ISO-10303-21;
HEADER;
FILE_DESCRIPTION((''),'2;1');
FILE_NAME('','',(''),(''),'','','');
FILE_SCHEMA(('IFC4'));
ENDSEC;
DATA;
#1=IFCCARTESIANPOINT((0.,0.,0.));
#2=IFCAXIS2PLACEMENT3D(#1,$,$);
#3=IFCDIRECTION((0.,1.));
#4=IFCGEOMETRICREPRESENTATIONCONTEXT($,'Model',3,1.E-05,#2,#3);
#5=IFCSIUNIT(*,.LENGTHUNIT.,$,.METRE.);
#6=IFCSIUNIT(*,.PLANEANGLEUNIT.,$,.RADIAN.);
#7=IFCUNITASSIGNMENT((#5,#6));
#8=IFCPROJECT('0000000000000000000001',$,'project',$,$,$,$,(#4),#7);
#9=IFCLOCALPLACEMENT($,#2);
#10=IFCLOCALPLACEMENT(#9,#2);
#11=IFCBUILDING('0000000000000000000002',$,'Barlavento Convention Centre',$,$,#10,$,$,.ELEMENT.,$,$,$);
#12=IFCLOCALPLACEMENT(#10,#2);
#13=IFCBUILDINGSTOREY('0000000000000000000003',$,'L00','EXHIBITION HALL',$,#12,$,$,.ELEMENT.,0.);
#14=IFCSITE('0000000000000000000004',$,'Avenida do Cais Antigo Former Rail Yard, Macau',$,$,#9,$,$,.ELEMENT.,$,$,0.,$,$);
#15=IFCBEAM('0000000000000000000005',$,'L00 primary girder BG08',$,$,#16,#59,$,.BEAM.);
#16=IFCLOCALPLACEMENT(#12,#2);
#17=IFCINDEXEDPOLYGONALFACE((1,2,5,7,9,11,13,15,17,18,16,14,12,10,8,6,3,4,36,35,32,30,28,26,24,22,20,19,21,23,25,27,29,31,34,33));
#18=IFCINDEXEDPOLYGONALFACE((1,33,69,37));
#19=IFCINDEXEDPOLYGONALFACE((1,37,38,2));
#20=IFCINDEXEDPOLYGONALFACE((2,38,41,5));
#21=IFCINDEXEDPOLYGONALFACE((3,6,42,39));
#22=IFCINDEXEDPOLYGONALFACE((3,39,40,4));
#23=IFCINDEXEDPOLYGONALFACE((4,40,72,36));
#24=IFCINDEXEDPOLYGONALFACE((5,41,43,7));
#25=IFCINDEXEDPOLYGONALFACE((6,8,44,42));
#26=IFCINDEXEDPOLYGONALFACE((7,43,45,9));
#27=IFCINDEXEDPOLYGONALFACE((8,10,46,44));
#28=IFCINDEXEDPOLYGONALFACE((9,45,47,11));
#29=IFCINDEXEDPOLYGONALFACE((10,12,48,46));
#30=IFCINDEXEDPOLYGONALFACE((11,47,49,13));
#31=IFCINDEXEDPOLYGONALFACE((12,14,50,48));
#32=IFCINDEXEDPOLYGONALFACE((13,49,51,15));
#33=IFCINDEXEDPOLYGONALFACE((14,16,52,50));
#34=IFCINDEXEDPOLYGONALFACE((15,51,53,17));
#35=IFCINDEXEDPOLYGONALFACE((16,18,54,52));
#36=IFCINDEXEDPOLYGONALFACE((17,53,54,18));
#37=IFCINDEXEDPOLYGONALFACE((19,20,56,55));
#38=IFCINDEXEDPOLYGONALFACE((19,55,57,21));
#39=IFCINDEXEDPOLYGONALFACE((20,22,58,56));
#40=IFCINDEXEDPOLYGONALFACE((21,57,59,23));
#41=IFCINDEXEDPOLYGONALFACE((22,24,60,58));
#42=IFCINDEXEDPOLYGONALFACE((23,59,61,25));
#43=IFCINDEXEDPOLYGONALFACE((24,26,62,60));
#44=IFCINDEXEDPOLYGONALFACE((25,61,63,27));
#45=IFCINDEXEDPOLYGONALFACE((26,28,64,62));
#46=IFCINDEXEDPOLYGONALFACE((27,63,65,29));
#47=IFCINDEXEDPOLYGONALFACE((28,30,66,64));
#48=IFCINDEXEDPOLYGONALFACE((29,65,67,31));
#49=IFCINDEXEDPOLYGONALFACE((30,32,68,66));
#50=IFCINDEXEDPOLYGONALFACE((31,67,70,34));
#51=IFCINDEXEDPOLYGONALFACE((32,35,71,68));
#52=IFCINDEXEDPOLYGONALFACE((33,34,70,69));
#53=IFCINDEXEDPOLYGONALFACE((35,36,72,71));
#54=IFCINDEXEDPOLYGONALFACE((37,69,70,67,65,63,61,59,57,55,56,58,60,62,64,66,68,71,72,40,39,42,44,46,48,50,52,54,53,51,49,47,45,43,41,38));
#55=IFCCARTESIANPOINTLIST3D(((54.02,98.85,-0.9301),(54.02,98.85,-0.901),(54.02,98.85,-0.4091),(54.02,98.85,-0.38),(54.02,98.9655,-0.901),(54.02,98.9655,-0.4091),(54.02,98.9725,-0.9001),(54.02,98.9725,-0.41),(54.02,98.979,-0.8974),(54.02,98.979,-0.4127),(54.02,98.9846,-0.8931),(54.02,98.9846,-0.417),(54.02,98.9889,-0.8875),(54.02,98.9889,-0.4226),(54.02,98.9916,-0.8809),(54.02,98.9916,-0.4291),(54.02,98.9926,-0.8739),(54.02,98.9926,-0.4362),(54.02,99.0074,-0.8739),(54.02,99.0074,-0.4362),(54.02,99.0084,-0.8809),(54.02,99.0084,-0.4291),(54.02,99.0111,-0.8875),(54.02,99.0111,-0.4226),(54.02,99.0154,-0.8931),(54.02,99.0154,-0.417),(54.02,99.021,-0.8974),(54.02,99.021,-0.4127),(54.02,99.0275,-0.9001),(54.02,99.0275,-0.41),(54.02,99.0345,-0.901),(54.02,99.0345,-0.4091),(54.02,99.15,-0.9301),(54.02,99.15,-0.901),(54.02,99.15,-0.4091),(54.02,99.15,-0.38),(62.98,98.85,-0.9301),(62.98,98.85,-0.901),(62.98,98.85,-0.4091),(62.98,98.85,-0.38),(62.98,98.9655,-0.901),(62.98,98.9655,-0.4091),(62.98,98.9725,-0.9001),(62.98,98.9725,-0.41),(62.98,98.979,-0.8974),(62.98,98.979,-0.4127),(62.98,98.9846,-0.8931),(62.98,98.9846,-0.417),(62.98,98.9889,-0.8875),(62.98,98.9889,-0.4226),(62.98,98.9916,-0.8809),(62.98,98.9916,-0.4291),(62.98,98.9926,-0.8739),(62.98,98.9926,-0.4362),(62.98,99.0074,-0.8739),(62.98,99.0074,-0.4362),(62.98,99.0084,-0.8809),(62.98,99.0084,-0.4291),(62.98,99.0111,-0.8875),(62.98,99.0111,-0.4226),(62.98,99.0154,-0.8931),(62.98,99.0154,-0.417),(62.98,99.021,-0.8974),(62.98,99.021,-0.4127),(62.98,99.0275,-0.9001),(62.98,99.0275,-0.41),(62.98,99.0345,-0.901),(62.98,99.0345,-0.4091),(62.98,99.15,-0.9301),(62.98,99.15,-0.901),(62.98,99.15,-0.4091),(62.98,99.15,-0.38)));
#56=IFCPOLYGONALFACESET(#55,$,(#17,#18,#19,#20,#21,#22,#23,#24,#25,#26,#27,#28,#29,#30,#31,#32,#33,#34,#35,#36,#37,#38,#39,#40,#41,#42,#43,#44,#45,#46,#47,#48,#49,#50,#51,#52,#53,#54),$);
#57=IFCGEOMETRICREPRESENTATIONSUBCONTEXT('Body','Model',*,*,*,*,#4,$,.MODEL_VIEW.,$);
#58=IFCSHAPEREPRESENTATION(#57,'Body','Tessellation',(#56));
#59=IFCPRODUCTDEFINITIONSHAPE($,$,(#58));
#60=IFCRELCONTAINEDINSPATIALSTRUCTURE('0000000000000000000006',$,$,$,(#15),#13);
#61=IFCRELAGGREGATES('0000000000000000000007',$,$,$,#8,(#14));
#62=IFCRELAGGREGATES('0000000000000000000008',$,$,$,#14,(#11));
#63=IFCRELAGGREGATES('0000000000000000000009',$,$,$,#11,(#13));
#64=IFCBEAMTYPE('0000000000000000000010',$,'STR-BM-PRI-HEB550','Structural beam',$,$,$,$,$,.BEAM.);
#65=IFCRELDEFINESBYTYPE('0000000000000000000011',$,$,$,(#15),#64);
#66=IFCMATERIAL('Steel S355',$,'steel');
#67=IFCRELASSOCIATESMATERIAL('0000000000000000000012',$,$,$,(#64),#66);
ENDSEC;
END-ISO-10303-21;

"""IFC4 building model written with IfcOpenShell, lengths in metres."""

from ifc_helpers import new_model, si_unit, direction, frame, origin, origin_2d, place, context, subcontext, project, spatial, i_section, extrude, material, material_profile, profile_set, type_object, element, save


model = new_model("IFC4")

# Units and contexts
model_context = context("Model", 3, precision=1e-05, world=origin(), true_north=direction((0.0, 1.0)))
body_context = subcontext(model_context, "Body", "Model", "MODEL_VIEW")
ifc_project = project(units=[si_unit("LENGTHUNIT", "METRE"), si_unit("PLANEANGLEUNIT", "RADIAN")], contexts=[model_context])

# Site, building, storey
site_placement = place(None, origin())
site = spatial("IfcSite", under=ifc_project, at=site_placement, Name="Avenida do Cais Antigo Former Rail Yard, Macau", CompositionType="ELEMENT", RefElevation=0.0)
building_placement = place(site_placement, origin())
building = spatial("IfcBuilding", under=site, at=building_placement, Name="Barlavento Convention Centre", CompositionType="ELEMENT")
storey_placement = place(building_placement, origin())
storey = spatial("IfcBuildingStorey", under=building, at=storey_placement, Name="L00", Description="EXHIBITION HALL", CompositionType="ELEMENT", Elevation=0.0)

# Beam
ifc_material_1 = material(Name="Steel S355", Category="steel")
ifc_material_profile_1 = material_profile(ifc_material_1, i_section(OverallWidth=0.3, OverallDepth=0.55, WebThickness=0.0149, FlangeThickness=0.0291, FilletRadius=0.0271, at=origin_2d()), Name="HEB 550")
ifc_profile_set_1 = profile_set([ifc_material_profile_1], Name="Steel S355")
beam_type_1 = type_object("IfcBeamType", Name="STR-BM-PRI-HEB550", Description="Structural beam", PredefinedType="BEAM", material=ifc_profile_set_1)
beam_1_placement = place(storey_placement, frame((54.02, 99.0, -0.655), z_axis=(1.0, 0.0, 0.0), x_axis=(0.0, 1.0, 0.0)))
element("IfcBeam", 1, at=beam_1_placement, inside=storey, type_object=beam_type_1, Name="L00 primary girder BG08", PredefinedType="BEAM", context=body_context, shape_type="SweptSolid", body=[
    extrude(i_section(OverallWidth=0.3, OverallDepth=0.55, WebThickness=0.0149, FlangeThickness=0.0291, FilletRadius=0.0271, at=origin_2d()), origin(), (0.0, 0.0, 1.0), 8.96),
])

save(model, "model.ifc")
